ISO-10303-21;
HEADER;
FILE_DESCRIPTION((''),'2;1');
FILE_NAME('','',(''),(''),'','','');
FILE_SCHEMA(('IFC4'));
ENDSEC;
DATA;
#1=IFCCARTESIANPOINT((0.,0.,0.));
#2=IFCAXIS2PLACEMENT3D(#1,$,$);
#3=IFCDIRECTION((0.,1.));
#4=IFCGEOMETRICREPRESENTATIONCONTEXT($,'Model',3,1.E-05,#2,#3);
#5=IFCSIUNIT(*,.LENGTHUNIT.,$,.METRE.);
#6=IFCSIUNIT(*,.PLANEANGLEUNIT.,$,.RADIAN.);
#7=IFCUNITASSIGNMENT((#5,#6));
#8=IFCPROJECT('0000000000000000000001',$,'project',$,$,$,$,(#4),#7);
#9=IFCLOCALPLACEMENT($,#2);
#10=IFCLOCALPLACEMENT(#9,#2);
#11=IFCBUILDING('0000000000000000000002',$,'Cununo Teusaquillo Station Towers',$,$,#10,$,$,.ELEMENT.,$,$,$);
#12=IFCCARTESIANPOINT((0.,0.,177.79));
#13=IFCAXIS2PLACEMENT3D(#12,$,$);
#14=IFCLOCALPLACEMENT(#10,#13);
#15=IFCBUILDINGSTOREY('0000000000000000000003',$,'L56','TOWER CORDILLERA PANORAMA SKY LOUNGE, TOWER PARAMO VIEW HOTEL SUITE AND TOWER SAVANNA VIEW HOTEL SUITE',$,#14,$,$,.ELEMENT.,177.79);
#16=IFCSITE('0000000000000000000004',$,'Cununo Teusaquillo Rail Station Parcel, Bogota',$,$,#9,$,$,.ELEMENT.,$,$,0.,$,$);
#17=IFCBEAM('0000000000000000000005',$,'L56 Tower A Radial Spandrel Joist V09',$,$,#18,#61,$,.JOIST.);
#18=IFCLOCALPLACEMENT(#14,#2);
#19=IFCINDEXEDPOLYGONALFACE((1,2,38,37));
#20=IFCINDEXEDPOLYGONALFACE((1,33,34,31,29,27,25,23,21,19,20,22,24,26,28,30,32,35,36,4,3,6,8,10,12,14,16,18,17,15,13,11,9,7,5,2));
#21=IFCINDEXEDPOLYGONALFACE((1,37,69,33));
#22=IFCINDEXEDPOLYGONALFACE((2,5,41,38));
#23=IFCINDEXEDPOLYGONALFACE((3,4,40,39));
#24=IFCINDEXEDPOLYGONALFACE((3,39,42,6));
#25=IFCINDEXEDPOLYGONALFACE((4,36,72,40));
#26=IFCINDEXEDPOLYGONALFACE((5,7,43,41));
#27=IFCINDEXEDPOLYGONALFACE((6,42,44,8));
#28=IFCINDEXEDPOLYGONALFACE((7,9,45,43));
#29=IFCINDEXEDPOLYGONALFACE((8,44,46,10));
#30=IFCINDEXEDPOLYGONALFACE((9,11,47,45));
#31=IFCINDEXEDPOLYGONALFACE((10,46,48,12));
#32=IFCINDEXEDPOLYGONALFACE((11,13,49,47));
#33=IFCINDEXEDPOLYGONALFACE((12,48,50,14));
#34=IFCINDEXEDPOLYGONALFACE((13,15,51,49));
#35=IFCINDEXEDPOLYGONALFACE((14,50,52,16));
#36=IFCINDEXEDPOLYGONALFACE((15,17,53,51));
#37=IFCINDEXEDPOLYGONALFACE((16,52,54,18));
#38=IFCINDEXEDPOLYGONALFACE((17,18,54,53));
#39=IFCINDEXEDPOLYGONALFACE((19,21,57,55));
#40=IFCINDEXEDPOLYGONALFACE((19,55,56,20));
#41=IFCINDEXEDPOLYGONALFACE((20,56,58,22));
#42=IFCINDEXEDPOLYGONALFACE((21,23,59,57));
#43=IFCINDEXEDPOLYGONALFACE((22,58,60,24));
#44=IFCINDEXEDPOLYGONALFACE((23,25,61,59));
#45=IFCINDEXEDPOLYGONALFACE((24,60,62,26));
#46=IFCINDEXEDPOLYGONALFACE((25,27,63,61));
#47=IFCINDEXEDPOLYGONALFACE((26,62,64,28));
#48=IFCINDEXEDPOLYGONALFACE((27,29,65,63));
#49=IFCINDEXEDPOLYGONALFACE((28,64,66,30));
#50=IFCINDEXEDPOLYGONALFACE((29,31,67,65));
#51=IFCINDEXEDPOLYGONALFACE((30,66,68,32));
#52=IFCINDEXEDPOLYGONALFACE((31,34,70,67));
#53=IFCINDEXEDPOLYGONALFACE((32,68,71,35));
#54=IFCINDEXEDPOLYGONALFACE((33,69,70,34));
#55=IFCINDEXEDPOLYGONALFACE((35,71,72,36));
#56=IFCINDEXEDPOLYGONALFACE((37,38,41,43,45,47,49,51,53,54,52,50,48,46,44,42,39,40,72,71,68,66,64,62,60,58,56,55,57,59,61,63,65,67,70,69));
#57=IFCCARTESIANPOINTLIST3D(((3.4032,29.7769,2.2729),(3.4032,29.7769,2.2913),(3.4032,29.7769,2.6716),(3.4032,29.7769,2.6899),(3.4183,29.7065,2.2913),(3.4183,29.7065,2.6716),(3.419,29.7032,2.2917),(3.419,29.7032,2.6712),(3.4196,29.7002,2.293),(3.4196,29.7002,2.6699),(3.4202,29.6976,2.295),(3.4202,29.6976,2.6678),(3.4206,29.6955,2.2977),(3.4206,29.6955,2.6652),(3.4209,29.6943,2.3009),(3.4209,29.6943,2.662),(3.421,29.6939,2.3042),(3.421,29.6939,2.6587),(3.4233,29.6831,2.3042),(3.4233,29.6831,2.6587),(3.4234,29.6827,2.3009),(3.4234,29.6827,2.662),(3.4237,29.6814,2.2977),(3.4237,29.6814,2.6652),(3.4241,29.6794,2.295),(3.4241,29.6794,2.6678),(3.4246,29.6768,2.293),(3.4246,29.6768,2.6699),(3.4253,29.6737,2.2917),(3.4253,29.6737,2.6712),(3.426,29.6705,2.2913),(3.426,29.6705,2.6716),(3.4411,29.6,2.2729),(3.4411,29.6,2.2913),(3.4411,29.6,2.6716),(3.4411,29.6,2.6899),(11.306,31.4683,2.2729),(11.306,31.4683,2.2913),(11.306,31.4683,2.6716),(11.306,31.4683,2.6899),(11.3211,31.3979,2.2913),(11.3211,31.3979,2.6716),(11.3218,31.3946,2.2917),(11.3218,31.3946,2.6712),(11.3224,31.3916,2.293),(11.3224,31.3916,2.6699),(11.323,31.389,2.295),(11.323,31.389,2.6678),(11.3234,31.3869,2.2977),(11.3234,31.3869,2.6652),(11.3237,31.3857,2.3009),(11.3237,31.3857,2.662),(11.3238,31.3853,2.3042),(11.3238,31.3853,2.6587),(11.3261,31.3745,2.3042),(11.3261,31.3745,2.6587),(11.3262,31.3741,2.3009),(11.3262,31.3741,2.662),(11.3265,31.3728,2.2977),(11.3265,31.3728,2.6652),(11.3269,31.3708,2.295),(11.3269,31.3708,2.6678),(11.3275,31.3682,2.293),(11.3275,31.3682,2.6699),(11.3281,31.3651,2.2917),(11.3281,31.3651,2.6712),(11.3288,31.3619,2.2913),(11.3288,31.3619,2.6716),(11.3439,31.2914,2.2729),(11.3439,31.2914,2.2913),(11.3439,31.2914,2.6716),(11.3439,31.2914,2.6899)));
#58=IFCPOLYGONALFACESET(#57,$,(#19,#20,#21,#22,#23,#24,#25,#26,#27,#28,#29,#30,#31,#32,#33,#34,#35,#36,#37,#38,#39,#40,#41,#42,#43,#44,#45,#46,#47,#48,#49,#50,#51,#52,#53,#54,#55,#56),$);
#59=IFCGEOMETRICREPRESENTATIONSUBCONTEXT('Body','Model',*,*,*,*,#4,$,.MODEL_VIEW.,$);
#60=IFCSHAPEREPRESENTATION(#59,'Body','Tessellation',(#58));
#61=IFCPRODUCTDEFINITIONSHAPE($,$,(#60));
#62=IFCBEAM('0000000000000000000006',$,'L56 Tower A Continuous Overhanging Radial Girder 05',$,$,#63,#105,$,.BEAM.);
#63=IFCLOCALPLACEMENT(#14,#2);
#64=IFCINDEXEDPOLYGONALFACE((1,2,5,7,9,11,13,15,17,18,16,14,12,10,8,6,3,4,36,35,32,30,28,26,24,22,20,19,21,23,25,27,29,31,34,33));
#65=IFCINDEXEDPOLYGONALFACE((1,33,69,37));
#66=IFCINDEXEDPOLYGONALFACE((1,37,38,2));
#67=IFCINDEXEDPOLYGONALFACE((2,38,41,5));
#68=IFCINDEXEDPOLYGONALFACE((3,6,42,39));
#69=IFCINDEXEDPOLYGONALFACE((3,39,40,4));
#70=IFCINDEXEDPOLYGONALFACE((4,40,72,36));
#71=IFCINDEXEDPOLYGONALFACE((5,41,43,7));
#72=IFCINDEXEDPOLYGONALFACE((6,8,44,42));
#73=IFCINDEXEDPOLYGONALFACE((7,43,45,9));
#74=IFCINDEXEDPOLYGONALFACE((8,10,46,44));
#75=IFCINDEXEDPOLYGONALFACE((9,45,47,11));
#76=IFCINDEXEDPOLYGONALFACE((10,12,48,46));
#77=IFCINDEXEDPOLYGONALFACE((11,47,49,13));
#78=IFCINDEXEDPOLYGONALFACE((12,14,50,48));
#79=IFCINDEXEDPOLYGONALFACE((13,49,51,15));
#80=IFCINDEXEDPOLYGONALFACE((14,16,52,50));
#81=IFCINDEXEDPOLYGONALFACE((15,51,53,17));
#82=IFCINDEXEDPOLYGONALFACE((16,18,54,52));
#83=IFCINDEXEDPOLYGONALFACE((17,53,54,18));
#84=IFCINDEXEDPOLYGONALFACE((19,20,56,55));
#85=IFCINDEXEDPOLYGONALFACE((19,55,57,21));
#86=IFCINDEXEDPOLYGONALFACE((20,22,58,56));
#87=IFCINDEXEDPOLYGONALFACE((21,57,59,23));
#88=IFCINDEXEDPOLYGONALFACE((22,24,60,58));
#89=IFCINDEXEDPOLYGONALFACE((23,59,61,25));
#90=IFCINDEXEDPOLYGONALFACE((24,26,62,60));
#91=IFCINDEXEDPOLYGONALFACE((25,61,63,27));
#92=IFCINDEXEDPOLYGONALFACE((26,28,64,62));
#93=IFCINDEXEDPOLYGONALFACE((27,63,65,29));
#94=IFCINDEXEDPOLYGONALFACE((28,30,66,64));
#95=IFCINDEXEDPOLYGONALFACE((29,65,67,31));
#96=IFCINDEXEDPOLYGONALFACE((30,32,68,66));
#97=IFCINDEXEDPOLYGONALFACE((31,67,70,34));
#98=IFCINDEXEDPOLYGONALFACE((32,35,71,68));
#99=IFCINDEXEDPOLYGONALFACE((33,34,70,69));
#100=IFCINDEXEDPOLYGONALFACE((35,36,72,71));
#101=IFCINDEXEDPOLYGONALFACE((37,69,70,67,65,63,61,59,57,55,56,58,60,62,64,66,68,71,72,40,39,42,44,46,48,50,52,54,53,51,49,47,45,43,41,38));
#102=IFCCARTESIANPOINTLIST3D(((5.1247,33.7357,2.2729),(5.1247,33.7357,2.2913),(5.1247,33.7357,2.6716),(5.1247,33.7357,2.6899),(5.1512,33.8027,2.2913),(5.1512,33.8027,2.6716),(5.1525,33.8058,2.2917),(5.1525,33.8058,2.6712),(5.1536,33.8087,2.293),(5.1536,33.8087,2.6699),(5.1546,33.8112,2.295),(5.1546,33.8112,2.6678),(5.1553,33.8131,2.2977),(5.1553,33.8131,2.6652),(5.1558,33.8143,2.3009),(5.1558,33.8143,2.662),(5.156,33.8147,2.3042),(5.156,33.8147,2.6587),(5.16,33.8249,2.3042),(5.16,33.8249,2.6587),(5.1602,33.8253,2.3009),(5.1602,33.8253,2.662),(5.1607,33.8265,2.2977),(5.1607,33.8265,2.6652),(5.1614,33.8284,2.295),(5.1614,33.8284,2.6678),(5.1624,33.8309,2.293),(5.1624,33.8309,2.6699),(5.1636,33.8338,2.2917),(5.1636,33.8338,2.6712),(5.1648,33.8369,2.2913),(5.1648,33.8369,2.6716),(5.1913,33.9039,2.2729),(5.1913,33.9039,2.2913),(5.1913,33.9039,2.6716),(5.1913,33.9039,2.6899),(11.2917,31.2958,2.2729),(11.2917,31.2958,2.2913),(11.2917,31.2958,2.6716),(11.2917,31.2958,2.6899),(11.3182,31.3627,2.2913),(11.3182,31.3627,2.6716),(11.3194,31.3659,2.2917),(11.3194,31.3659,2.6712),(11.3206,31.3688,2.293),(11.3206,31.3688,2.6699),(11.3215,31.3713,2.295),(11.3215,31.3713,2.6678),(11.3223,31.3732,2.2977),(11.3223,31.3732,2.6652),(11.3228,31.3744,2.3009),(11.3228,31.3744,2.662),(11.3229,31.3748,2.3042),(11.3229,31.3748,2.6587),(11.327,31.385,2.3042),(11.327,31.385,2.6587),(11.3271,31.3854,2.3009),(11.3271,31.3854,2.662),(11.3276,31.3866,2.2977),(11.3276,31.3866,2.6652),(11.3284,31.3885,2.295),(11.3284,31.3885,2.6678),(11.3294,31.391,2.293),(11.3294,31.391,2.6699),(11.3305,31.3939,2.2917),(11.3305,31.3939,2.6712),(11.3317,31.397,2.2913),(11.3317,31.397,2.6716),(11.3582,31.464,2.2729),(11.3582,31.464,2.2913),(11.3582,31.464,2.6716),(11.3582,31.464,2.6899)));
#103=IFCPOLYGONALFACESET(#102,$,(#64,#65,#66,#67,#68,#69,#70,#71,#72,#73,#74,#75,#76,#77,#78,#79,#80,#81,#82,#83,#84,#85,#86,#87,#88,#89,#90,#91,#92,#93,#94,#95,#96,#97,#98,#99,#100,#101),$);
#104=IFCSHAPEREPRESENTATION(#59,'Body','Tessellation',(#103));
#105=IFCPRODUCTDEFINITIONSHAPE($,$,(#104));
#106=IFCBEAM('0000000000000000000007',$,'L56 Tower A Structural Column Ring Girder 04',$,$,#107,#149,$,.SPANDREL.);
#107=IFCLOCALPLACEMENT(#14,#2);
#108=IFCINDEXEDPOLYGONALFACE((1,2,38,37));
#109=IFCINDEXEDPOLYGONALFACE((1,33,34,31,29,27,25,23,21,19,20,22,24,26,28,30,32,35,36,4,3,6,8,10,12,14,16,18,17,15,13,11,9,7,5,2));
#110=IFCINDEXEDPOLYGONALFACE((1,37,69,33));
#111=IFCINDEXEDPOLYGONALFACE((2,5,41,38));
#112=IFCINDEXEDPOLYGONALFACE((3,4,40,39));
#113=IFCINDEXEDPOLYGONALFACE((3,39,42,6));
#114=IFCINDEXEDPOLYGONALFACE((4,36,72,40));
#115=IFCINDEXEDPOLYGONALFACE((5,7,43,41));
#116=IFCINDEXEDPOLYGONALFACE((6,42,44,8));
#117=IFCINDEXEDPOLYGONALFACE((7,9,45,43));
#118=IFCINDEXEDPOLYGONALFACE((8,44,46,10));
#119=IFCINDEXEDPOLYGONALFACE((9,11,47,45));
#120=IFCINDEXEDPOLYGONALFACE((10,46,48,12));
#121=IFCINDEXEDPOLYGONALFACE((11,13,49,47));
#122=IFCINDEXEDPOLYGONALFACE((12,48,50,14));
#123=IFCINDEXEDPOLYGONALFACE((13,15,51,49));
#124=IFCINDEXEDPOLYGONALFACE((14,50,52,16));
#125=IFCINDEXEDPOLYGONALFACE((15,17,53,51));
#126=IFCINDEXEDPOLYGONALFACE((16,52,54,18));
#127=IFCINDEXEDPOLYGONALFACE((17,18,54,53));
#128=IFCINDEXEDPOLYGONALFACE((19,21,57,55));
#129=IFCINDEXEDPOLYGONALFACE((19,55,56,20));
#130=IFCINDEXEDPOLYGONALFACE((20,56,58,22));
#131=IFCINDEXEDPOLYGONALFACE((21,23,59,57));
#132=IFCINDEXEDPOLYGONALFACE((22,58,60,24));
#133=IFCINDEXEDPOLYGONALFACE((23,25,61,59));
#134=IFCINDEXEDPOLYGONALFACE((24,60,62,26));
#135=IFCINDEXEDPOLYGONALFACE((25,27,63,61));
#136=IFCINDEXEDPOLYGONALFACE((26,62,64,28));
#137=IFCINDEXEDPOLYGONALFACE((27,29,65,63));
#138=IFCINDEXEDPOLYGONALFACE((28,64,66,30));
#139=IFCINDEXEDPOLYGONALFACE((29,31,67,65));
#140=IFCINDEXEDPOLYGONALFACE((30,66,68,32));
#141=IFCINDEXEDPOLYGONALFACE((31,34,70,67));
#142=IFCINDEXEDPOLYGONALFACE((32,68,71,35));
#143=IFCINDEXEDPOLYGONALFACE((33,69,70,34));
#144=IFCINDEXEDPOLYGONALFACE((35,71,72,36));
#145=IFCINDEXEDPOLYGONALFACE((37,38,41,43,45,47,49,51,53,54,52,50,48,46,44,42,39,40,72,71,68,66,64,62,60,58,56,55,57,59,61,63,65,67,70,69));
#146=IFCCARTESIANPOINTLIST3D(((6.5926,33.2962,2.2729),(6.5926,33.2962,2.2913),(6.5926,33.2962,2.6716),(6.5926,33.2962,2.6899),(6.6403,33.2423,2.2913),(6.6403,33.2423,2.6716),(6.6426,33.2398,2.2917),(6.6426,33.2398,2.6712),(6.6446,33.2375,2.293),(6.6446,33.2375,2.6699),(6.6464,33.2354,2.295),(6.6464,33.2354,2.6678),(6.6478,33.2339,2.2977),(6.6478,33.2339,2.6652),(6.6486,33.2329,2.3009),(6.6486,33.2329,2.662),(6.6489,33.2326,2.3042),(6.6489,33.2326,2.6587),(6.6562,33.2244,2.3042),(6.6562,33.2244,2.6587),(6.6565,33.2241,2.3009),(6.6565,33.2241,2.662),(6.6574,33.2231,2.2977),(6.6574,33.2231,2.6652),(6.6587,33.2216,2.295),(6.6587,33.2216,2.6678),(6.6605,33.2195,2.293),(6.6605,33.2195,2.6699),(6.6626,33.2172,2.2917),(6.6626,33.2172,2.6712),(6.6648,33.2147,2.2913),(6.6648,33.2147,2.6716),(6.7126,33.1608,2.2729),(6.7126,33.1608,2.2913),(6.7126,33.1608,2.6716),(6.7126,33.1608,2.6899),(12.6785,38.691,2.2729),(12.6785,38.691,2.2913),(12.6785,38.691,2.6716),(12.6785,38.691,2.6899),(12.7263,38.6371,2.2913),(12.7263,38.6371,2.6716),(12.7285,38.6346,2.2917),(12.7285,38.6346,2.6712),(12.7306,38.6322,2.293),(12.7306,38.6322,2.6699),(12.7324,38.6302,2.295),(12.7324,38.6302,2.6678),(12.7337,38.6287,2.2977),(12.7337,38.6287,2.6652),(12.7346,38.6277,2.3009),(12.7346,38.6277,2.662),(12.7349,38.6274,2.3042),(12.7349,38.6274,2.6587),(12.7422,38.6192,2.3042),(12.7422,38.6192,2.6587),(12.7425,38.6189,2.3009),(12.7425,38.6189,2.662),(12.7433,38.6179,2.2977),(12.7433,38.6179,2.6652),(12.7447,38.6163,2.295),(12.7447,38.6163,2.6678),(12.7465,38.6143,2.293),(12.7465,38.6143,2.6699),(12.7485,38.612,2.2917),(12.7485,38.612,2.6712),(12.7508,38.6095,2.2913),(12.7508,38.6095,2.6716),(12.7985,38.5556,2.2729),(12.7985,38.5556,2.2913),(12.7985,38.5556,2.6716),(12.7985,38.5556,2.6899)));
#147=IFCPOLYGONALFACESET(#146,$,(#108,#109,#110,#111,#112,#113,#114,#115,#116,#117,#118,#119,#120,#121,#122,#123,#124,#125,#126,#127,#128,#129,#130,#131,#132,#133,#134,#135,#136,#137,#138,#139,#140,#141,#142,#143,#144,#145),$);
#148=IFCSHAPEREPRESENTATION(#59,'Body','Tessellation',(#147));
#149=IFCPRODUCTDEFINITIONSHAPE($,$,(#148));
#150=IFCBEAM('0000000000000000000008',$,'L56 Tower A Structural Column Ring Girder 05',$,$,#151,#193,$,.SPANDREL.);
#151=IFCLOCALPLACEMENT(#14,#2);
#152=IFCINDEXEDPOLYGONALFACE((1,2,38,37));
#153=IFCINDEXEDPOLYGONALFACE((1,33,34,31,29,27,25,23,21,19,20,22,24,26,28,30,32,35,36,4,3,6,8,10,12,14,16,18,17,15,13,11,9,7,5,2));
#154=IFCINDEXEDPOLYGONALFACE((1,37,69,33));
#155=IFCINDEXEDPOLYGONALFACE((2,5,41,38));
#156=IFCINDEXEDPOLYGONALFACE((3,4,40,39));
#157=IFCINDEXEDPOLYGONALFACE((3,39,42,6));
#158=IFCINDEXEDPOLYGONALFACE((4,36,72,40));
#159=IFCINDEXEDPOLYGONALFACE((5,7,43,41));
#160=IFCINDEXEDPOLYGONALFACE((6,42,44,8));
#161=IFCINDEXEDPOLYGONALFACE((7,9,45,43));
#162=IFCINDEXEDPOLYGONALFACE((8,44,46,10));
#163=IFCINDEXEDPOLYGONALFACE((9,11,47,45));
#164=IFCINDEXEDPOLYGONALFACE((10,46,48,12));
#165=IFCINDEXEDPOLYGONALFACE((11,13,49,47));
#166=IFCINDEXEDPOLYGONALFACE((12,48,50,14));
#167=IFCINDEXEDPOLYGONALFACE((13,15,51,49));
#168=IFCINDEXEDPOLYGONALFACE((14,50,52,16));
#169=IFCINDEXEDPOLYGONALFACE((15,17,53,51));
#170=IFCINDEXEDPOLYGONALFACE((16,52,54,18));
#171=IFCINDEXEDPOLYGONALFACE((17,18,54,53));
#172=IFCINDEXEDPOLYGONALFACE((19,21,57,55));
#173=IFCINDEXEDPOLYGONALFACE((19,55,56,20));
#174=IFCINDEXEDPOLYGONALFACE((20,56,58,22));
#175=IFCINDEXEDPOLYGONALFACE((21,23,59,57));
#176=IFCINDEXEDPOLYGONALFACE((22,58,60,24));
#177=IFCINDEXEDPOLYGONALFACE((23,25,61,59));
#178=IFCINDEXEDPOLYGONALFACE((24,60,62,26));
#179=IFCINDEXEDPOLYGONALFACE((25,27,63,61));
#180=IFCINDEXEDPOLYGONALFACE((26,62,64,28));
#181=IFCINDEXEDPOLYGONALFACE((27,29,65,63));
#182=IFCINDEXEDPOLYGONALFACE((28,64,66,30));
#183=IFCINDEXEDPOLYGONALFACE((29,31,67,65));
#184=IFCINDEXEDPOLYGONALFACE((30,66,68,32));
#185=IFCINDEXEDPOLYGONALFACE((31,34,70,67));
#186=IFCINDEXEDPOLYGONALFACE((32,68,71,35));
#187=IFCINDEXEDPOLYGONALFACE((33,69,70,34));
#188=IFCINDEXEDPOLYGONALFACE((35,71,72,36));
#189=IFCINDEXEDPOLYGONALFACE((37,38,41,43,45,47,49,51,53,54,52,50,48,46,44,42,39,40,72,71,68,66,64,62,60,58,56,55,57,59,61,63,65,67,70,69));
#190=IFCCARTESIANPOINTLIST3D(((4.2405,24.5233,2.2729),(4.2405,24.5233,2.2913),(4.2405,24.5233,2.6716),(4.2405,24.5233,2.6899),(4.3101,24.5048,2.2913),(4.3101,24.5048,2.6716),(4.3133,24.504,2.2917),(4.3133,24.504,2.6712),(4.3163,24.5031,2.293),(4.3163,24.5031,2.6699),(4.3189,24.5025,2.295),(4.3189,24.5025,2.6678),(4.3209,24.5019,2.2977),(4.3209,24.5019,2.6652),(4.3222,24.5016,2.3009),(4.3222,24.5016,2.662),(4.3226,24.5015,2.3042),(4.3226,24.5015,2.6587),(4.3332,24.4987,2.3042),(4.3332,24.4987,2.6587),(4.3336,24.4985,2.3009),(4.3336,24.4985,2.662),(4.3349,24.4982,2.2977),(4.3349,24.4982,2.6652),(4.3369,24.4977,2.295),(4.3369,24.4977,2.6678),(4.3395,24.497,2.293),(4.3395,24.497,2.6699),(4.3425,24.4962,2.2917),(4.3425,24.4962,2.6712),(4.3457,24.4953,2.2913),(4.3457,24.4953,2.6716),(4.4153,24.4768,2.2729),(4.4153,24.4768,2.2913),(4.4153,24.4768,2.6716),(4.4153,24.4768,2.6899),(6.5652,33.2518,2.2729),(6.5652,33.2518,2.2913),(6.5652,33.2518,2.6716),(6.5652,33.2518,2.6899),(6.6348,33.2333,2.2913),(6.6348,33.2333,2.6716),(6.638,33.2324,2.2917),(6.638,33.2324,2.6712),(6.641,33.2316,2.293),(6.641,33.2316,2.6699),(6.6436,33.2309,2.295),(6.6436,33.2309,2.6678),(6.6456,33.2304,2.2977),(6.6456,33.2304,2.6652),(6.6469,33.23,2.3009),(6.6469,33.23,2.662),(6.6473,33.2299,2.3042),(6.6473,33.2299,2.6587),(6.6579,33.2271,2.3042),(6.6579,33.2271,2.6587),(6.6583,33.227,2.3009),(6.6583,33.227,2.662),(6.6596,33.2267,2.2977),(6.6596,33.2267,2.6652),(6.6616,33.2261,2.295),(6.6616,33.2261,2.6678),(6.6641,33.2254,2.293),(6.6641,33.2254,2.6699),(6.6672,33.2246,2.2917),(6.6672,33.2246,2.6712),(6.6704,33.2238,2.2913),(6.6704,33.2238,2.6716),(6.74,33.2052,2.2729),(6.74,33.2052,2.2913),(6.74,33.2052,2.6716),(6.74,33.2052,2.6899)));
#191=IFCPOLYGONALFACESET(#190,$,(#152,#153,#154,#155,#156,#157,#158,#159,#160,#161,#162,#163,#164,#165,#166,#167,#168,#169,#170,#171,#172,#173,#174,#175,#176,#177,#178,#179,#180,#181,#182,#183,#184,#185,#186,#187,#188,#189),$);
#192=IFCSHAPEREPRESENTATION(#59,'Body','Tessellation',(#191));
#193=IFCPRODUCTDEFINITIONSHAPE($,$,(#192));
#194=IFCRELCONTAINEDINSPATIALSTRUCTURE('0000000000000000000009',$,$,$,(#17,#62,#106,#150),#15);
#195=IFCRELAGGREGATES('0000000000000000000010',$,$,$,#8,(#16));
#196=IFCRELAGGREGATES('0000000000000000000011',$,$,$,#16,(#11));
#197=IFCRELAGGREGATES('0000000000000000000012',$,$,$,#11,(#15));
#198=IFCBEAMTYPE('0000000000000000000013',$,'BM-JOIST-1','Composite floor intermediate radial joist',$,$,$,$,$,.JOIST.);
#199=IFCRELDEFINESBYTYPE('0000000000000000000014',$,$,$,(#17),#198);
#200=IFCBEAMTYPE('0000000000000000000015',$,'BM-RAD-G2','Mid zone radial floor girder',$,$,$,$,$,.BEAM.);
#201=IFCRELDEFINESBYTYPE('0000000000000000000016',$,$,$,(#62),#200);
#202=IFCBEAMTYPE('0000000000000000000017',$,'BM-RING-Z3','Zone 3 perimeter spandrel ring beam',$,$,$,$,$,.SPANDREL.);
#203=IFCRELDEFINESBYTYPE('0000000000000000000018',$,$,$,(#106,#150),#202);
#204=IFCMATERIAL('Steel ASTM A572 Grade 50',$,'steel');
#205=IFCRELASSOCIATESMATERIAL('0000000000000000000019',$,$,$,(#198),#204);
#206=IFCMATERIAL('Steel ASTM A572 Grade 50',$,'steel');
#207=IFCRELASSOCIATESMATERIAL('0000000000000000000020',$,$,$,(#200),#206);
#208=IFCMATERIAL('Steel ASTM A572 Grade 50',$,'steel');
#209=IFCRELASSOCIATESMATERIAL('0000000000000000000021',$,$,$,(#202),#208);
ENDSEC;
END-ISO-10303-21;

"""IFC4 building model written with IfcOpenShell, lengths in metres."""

from ifc_helpers import new_model, si_unit, direction, frame, origin, origin_2d, place, context, subcontext, project, spatial, i_section, extrude, material, material_profile, profile_set, type_object, element, save


model = new_model("IFC4")

# Units and contexts
model_context = context("Model", 3, precision=1e-05, world=origin(), true_north=direction((0.0, 1.0)))
body_context = subcontext(model_context, "Body", "Model", "MODEL_VIEW")
ifc_project = project(units=[si_unit("LENGTHUNIT", "METRE"), si_unit("PLANEANGLEUNIT", "RADIAN")], contexts=[model_context])

# Site, building, storey
site_placement = place(None, origin())
site = spatial("IfcSite", under=ifc_project, at=site_placement, Name="Cununo Teusaquillo Rail Station Parcel, Bogota", CompositionType="ELEMENT", RefElevation=0.0)
building_placement = place(site_placement, origin())
building = spatial("IfcBuilding", under=site, at=building_placement, Name="Cununo Teusaquillo Station Towers", CompositionType="ELEMENT")
storey_placement = place(building_placement, frame((0.0, 0.0, 177.79)))
storey = spatial("IfcBuildingStorey", under=building, at=storey_placement, Name="L56", Description="TOWER CORDILLERA PANORAMA SKY LOUNGE, TOWER PARAMO VIEW HOTEL SUITE AND TOWER SAVANNA VIEW HOTEL SUITE", CompositionType="ELEMENT", Elevation=177.79)

# Beams
ifc_material_1 = material(Name="Steel ASTM A572 Grade 50", Category="steel")
ifc_material_profile_1 = material_profile(ifc_material_1, i_section(OverallWidth=0.1809, OverallDepth=0.417, WebThickness=0.011, FlangeThickness=0.0183, FilletRadius=0.0129, at=origin_2d()), Name="W16X57")
ifc_profile_set_1 = profile_set([ifc_material_profile_1], Name="Steel ASTM A572 Grade 50")
beam_type_1 = type_object("IfcBeamType", Name="BM-JOIST-1", Description="Composite floor intermediate radial joist", PredefinedType="JOIST", material=ifc_profile_set_1)
beam_1_placement = place(storey_placement, frame((11.325, 31.3799, 2.4814), z_axis=(-0.977855, -0.209286, 0.0), x_axis=(0.209286, -0.977855, 0.0)))
element("IfcBeam", 1, at=beam_1_placement, inside=storey, type_object=beam_type_1, Name="L56 Tower A Radial Spandrel Joist V09", PredefinedType="JOIST", context=body_context, shape_type="SweptSolid", body=[
    extrude(i_section(OverallWidth=0.1809, OverallDepth=0.417, WebThickness=0.011, FlangeThickness=0.0183, FilletRadius=0.0129, at=origin_2d()), origin(), (0.0, 0.0, 1.0), 8.0818),
])
ifc_material_2 = material(Name="Steel ASTM A572 Grade 50", Category="steel")
ifc_material_profile_2 = material_profile(ifc_material_2, i_section(OverallWidth=0.1809, OverallDepth=0.417, WebThickness=0.011, FlangeThickness=0.0183, FilletRadius=0.0129, at=origin_2d()), Name="W16X57")
ifc_profile_set_2 = profile_set([ifc_material_profile_2], Name="Steel ASTM A572 Grade 50")
beam_type_2 = type_object("IfcBeamType", Name="BM-RAD-G2", Description="Mid zone radial floor girder", PredefinedType="BEAM", material=ifc_profile_set_2)
beam_2_placement = place(storey_placement, frame((11.325, 31.3799, 2.4814), z_axis=(-0.929866, 0.367897, 0.0), x_axis=(-0.367897, -0.929866, 0.0)))
element("IfcBeam", 2, at=beam_2_placement, inside=storey, type_object=beam_type_2, Name="L56 Tower A Continuous Overhanging Radial Girder 05", PredefinedType="BEAM", context=body_context, shape_type="SweptSolid", body=[
    extrude(i_section(OverallWidth=0.1809, OverallDepth=0.417, WebThickness=0.011, FlangeThickness=0.0183, FilletRadius=0.0129, at=origin_2d()), origin(), (0.0, 0.0, 1.0), 6.6321),
])
ifc_material_3 = material(Name="Steel ASTM A572 Grade 50", Category="steel")
ifc_material_profile_3 = material_profile(ifc_material_3, i_section(OverallWidth=0.1809, OverallDepth=0.417, WebThickness=0.011, FlangeThickness=0.0183, FilletRadius=0.0129, at=origin_2d()), Name="W16X57")
ifc_profile_set_3 = profile_set([ifc_material_profile_3], Name="Steel ASTM A572 Grade 50")
beam_type_3 = type_object("IfcBeamType", Name="BM-RING-Z3", Description="Zone 3 perimeter spandrel ring beam", PredefinedType="SPANDREL", material=ifc_profile_set_3)
beam_3_placement = place(storey_placement, frame((12.7385, 38.6233, 2.4814), z_axis=(-0.748321, -0.663337, 0.0), x_axis=(0.663337, -0.748321, 0.0)))
element("IfcBeam", 3, at=beam_3_placement, inside=storey, type_object=beam_type_3, Name="L56 Tower A Structural Column Ring Girder 04", PredefinedType="SPANDREL", context=body_context, shape_type="SweptSolid", body=[
    extrude(i_section(OverallWidth=0.1809, OverallDepth=0.417, WebThickness=0.011, FlangeThickness=0.0183, FilletRadius=0.0129, at=origin_2d()), origin(), (0.0, 0.0, 1.0), 8.1328),
])
beam_4_placement = place(storey_placement, frame((6.6526, 33.2285, 2.4814), z_axis=(-0.257363, -0.966315, 0.0), x_axis=(0.966315, -0.257363, 0.0)))
element("IfcBeam", 4, at=beam_4_placement, inside=storey, type_object=beam_type_3, Name="L56 Tower A Structural Column Ring Girder 05", PredefinedType="SPANDREL", context=body_context, shape_type="SweptSolid", body=[
    extrude(i_section(OverallWidth=0.1809, OverallDepth=0.417, WebThickness=0.011, FlangeThickness=0.0183, FilletRadius=0.0129, at=origin_2d()), origin(), (0.0, 0.0, 1.0), 9.0327),
])

save(model, "model.ifc")
